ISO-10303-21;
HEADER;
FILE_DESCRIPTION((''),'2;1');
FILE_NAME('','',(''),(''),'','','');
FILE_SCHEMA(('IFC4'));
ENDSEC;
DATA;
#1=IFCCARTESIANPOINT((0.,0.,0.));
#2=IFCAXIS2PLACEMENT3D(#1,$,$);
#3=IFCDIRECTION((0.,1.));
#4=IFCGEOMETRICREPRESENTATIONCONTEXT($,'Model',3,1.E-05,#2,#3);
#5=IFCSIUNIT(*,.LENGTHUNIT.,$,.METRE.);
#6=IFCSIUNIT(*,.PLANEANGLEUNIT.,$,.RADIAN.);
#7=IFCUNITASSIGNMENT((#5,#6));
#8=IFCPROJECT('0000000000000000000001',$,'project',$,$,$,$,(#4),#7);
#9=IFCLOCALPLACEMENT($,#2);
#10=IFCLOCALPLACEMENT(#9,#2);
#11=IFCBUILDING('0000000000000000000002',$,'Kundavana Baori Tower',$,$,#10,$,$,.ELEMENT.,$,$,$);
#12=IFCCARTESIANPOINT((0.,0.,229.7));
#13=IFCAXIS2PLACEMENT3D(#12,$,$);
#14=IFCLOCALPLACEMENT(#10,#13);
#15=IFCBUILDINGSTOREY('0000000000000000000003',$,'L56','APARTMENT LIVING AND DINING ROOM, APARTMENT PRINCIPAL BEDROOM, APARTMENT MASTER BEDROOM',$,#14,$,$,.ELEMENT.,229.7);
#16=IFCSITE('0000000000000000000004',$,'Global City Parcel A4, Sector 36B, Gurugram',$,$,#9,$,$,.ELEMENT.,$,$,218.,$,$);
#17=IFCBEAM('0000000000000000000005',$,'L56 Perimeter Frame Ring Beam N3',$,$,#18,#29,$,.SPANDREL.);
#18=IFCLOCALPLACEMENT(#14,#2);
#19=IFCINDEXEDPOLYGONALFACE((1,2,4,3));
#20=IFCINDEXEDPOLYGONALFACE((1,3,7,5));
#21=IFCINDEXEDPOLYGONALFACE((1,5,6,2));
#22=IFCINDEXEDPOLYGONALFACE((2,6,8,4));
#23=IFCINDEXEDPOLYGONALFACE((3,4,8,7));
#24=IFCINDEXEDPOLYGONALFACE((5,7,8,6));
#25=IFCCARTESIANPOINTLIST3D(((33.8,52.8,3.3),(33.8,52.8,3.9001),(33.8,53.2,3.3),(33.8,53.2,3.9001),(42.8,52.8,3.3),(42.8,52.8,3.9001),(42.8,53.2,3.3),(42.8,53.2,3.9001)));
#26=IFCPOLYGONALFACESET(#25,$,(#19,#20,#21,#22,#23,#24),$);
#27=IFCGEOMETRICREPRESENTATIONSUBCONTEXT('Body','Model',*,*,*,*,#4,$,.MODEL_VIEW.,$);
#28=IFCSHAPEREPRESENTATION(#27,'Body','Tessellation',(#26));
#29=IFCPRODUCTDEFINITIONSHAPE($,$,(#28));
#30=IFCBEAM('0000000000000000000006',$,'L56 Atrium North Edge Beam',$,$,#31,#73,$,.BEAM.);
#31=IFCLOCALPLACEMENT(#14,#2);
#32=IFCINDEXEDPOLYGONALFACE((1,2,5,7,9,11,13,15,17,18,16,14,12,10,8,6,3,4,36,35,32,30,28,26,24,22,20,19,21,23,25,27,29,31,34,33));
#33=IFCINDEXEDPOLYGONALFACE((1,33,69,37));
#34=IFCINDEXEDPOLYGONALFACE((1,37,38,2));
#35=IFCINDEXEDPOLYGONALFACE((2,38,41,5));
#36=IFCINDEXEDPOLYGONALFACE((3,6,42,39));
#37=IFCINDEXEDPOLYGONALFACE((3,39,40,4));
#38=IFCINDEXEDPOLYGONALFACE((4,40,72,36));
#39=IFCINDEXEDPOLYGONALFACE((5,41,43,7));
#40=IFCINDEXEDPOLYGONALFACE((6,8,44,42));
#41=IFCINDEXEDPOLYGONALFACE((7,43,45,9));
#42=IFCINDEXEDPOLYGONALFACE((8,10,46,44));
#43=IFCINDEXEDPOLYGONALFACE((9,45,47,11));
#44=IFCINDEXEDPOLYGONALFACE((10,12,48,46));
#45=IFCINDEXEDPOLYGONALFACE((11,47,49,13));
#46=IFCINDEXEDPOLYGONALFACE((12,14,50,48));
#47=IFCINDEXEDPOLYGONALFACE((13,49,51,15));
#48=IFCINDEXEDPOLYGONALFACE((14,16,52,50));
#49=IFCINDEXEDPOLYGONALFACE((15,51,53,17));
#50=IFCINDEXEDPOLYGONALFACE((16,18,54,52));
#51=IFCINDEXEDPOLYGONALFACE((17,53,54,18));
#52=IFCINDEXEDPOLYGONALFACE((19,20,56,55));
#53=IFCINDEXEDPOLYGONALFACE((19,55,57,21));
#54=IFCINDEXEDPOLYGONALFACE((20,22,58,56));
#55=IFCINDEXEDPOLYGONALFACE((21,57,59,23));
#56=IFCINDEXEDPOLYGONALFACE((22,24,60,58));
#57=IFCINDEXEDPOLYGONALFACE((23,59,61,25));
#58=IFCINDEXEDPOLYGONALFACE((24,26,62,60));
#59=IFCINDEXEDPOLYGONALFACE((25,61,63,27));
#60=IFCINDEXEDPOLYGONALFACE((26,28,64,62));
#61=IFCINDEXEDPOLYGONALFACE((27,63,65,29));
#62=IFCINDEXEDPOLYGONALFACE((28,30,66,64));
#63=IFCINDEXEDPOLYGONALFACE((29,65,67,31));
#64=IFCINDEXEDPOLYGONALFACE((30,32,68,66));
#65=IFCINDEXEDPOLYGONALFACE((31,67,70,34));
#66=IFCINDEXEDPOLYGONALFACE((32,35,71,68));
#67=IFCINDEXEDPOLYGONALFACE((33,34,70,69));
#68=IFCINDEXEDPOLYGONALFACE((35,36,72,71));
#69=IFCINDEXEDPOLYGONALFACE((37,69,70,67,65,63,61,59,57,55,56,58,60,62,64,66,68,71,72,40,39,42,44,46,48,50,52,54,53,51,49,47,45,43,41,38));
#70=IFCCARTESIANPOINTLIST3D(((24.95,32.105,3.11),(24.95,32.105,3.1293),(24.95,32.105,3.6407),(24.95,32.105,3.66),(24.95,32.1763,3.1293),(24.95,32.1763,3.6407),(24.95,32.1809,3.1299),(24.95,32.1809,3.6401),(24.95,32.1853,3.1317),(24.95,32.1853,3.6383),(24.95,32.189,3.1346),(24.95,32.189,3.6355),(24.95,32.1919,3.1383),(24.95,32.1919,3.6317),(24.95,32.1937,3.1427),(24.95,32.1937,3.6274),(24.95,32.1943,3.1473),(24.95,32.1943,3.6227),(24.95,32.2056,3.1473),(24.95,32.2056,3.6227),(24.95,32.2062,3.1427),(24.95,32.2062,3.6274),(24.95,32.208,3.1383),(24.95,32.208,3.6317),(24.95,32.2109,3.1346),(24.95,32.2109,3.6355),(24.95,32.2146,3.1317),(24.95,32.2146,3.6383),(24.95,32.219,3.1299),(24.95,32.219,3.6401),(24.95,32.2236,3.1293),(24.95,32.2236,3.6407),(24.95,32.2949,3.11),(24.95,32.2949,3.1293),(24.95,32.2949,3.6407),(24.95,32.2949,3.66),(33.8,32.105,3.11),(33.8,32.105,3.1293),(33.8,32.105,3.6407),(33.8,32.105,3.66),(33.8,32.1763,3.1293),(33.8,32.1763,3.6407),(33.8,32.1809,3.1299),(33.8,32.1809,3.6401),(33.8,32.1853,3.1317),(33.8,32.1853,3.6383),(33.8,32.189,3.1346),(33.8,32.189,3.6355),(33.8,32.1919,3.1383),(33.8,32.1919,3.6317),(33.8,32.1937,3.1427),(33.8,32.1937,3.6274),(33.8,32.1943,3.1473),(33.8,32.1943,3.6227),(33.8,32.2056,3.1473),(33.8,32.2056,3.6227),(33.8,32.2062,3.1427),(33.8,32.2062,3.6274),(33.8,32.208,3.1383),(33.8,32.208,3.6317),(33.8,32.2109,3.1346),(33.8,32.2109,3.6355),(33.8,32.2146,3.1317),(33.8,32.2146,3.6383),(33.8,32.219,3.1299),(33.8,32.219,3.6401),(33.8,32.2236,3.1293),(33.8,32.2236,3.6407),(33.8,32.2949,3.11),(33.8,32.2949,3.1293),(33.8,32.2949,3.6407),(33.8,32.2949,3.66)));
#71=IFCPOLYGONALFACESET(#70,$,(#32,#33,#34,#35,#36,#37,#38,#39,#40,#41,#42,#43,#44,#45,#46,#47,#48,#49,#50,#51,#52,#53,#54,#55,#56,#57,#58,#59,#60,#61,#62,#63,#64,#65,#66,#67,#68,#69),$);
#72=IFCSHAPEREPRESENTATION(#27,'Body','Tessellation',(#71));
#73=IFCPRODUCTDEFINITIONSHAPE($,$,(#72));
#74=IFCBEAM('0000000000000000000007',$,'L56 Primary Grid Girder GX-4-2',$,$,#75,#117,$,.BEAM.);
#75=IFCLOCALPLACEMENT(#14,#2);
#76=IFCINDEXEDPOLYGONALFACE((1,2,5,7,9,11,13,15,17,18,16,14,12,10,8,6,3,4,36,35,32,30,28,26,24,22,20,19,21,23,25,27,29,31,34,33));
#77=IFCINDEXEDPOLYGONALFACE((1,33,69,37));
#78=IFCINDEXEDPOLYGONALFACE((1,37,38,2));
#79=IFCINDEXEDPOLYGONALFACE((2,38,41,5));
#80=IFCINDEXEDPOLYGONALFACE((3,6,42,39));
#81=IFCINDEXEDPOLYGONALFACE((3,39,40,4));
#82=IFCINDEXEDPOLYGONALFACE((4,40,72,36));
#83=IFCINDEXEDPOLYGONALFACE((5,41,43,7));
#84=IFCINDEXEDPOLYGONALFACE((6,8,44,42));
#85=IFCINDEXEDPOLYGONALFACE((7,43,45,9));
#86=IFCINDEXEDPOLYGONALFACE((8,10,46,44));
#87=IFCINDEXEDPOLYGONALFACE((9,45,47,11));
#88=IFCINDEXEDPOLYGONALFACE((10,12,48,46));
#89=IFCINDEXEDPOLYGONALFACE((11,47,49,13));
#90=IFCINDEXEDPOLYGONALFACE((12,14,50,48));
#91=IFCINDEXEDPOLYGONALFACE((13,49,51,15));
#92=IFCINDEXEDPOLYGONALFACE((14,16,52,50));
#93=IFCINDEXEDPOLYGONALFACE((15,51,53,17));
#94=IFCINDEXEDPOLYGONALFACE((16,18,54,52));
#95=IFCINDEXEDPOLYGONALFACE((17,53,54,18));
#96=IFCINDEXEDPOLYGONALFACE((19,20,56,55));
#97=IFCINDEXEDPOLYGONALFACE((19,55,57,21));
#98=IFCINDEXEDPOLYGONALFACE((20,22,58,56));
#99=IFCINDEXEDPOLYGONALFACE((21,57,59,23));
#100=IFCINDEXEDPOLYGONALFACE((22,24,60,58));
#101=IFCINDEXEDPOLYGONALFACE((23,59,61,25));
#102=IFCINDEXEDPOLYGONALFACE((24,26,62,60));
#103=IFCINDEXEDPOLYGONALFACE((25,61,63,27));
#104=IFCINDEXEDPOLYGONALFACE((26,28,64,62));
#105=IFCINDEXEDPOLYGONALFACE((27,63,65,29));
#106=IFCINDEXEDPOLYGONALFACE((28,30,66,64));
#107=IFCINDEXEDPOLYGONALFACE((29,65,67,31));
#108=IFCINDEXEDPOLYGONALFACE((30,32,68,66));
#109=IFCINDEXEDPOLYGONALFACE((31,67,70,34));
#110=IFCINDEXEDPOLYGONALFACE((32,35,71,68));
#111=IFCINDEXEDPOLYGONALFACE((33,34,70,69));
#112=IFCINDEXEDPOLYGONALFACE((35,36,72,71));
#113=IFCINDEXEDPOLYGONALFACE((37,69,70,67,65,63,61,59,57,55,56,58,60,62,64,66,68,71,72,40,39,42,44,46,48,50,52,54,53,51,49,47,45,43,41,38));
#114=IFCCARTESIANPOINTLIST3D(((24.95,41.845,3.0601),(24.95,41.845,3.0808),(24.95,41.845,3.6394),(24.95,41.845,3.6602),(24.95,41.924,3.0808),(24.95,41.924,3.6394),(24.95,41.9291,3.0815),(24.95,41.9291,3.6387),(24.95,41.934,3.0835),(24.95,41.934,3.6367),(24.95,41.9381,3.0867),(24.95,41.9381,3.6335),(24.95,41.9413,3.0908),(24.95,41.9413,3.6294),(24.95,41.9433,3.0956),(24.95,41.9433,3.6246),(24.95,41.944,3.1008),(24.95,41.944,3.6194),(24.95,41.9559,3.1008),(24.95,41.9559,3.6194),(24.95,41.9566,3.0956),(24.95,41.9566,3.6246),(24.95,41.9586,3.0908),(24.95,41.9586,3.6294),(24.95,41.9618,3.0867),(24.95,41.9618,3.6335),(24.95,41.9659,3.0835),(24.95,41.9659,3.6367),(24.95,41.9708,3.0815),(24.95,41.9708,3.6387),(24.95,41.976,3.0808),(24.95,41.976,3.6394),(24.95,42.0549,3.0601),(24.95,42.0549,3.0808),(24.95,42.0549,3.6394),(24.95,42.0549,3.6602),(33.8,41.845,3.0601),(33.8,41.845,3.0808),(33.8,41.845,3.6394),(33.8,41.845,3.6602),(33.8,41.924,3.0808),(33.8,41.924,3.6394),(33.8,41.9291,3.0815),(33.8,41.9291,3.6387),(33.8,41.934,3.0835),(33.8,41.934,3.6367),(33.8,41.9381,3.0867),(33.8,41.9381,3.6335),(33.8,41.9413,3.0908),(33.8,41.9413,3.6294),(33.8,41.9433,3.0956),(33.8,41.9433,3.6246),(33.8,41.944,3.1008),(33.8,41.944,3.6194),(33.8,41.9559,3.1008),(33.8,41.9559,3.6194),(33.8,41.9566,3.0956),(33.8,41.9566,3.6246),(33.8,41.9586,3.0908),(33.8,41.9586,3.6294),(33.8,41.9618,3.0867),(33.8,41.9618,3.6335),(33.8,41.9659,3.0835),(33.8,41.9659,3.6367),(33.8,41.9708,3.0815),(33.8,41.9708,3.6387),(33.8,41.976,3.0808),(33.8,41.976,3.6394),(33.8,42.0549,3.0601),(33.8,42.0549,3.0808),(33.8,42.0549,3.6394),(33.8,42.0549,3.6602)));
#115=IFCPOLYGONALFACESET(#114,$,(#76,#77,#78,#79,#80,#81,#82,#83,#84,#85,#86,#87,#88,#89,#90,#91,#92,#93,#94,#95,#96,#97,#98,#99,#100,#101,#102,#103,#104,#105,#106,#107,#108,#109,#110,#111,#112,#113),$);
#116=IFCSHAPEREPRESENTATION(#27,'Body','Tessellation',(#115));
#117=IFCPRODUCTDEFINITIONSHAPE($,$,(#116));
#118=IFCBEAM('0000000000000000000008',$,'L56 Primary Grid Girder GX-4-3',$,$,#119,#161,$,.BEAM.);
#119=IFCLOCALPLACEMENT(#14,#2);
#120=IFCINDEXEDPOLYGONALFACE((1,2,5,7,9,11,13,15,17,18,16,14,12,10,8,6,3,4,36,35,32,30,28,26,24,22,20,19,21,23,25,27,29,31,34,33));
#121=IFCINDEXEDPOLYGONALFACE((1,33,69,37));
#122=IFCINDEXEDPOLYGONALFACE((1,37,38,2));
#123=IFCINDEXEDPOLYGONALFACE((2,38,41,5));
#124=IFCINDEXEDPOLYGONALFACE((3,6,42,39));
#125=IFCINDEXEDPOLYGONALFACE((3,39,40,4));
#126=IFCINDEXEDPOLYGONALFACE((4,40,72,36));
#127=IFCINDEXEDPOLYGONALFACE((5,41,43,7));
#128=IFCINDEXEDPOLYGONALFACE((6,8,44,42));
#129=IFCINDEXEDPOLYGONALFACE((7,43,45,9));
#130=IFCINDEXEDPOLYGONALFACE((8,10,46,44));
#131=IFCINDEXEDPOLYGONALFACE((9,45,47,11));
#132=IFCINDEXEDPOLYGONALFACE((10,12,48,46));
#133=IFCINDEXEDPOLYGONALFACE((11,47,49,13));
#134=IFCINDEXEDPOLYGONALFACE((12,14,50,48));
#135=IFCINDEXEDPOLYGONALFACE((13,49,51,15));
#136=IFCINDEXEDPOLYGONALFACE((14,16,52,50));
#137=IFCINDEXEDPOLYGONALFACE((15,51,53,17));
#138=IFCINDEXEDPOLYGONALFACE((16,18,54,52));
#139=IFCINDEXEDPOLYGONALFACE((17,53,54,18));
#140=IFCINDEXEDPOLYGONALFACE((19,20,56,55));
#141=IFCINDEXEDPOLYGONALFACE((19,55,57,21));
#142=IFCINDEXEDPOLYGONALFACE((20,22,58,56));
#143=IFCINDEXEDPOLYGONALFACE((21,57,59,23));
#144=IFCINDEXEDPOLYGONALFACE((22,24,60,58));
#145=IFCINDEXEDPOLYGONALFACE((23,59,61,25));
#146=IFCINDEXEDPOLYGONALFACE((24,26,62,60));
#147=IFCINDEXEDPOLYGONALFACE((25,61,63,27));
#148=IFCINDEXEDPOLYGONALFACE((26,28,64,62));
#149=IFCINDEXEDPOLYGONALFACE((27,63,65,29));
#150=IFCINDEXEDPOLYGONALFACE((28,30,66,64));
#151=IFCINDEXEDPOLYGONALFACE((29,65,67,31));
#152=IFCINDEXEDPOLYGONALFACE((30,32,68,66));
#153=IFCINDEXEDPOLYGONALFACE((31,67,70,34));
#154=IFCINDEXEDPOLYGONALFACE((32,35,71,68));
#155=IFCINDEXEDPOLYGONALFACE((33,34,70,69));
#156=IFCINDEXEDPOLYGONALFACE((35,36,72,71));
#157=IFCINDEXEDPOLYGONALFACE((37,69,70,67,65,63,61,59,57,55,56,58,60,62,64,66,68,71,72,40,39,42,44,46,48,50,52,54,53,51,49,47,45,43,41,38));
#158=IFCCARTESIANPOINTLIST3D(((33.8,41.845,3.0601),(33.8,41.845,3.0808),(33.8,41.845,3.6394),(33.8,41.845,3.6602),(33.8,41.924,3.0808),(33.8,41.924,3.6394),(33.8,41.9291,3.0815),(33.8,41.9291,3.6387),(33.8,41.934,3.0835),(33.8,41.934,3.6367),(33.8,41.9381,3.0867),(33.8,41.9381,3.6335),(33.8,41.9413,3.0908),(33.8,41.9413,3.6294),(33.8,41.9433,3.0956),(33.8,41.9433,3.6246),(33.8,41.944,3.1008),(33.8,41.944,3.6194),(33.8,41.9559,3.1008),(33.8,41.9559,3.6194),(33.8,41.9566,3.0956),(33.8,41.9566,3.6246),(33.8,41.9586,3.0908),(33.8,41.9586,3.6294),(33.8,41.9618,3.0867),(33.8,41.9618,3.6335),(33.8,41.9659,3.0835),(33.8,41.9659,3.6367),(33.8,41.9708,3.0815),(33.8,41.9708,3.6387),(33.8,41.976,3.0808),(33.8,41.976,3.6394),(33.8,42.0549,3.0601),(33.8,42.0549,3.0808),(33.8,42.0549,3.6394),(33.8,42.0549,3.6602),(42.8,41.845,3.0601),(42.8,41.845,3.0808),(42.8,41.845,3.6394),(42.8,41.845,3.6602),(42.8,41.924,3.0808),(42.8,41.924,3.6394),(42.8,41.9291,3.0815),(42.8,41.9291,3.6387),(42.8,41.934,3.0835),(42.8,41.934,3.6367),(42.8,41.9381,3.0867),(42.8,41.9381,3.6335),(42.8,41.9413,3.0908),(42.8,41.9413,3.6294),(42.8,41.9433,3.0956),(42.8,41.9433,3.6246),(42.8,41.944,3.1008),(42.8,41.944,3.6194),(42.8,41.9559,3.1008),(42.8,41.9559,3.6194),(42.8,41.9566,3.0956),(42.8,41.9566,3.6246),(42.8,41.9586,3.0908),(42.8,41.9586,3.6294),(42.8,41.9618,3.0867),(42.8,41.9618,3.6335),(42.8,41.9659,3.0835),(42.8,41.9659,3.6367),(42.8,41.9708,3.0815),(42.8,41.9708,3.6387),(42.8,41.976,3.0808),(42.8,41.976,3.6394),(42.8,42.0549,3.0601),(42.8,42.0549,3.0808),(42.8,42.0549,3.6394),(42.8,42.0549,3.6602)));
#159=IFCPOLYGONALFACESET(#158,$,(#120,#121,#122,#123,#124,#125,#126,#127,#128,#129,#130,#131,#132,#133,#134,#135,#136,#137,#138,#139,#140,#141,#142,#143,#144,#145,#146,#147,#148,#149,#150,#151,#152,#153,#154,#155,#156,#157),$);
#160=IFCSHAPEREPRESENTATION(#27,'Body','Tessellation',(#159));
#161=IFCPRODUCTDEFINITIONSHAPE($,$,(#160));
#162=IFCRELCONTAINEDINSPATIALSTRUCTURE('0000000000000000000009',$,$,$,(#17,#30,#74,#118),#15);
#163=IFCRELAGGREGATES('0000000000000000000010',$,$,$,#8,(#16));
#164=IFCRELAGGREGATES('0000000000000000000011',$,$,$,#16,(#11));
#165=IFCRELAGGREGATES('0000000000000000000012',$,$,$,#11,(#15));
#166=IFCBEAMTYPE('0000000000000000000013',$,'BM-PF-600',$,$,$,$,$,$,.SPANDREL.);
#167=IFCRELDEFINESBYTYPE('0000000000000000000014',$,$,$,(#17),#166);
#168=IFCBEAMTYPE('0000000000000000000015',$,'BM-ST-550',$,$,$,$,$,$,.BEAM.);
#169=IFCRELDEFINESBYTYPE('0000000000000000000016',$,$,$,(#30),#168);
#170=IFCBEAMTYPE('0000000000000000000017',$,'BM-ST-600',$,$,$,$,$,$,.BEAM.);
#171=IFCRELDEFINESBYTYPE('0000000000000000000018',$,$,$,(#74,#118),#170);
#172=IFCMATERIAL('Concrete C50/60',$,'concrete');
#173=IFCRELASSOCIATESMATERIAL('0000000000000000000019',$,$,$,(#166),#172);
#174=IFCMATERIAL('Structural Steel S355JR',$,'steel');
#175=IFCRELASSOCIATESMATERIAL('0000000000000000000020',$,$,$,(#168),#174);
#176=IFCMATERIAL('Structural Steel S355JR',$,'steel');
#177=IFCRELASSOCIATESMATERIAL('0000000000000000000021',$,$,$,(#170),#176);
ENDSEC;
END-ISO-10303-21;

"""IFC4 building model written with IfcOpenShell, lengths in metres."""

from ifc_helpers import new_model, si_unit, direction, frame, origin, origin_2d, place, context, subcontext, project, spatial, rectangle, i_section, extrude, material, material_profile, profile_set, type_object, element, save


model = new_model("IFC4")

# Units and contexts
model_context = context("Model", 3, precision=1e-05, world=origin(), true_north=direction((0.0, 1.0)))
body_context = subcontext(model_context, "Body", "Model", "MODEL_VIEW")
ifc_project = project(units=[si_unit("LENGTHUNIT", "METRE"), si_unit("PLANEANGLEUNIT", "RADIAN")], contexts=[model_context])

# Site, building, storey
site_placement = place(None, origin())
site = spatial("IfcSite", under=ifc_project, at=site_placement, Name="Global City Parcel A4, Sector 36B, Gurugram", CompositionType="ELEMENT", RefElevation=218.0)
building_placement = place(site_placement, origin())
building = spatial("IfcBuilding", under=site, at=building_placement, Name="Kundavana Baori Tower", CompositionType="ELEMENT")
storey_placement = place(building_placement, frame((0.0, 0.0, 229.7)))
storey = spatial("IfcBuildingStorey", under=building, at=storey_placement, Name="L56", Description="APARTMENT LIVING AND DINING ROOM, APARTMENT PRINCIPAL BEDROOM, APARTMENT MASTER BEDROOM", CompositionType="ELEMENT", Elevation=229.7)

# Beams
ifc_material_1 = material(Name="Concrete C50/60", Category="concrete")
ifc_material_profile_1 = material_profile(ifc_material_1, rectangle(XDim=0.3999, YDim=0.6001, at=origin_2d()), Name="RC BM 400x600")
ifc_profile_set_1 = profile_set([ifc_material_profile_1], Name="Concrete C50/60")
beam_type_1 = type_object("IfcBeamType", Name="BM-PF-600", PredefinedType="SPANDREL", material=ifc_profile_set_1)
beam_1_placement = place(storey_placement, frame((33.8, 53.0, 3.6001), z_axis=(1.0, 0.0, 0.0), x_axis=(0.0, 1.0, 0.0)))
element("IfcBeam", 1, at=beam_1_placement, inside=storey, type_object=beam_type_1, Name="L56 Perimeter Frame Ring Beam N3", PredefinedType="SPANDREL", context=body_context, shape_type="SweptSolid", body=[
    extrude(rectangle(XDim=0.3999, YDim=0.6001, at=origin_2d()), origin(), (0.0, 0.0, 1.0), 9.0),
])
ifc_material_2 = material(Name="Structural Steel S355JR", Category="steel")
ifc_material_profile_2 = material_profile(ifc_material_2, i_section(OverallWidth=0.1899, OverallDepth=0.55, WebThickness=0.0112, FlangeThickness=0.0193, FilletRadius=0.0181, at=origin_2d()), Name="ISMB 550")
ifc_profile_set_2 = profile_set([ifc_material_profile_2], Name="Structural Steel S355JR")
beam_type_2 = type_object("IfcBeamType", Name="BM-ST-550", PredefinedType="BEAM", material=ifc_profile_set_2)
beam_2_placement = place(storey_placement, frame((24.95, 32.2, 3.385), z_axis=(1.0, 0.0, 0.0), x_axis=(0.0, 1.0, 0.0)))
element("IfcBeam", 2, at=beam_2_placement, inside=storey, type_object=beam_type_2, Name="L56 Atrium North Edge Beam", PredefinedType="BEAM", context=body_context, shape_type="SweptSolid", body=[
    extrude(i_section(OverallWidth=0.1899, OverallDepth=0.55, WebThickness=0.0112, FlangeThickness=0.0193, FilletRadius=0.0181, at=origin_2d()), origin(), (0.0, 0.0, 1.0), 8.8501),
])
ifc_material_3 = material(Name="Structural Steel S355JR", Category="steel")
ifc_material_profile_3 = material_profile(ifc_material_3, i_section(OverallWidth=0.21, OverallDepth=0.6001, WebThickness=0.012, FlangeThickness=0.0208, FilletRadius=0.02, at=origin_2d()), Name="ISMB 600")
ifc_profile_set_3 = profile_set([ifc_material_profile_3], Name="Structural Steel S355JR")
beam_type_3 = type_object("IfcBeamType", Name="BM-ST-600", PredefinedType="BEAM", material=ifc_profile_set_3)
beam_3_placement = place(storey_placement, frame((24.95, 41.95, 3.3601), z_axis=(1.0, 0.0, 0.0), x_axis=(0.0, 1.0, 0.0)))
element("IfcBeam", 3, at=beam_3_placement, inside=storey, type_object=beam_type_3, Name="L56 Primary Grid Girder GX-4-2", PredefinedType="BEAM", context=body_context, shape_type="SweptSolid", body=[
    extrude(i_section(OverallWidth=0.21, OverallDepth=0.6001, WebThickness=0.012, FlangeThickness=0.0208, FilletRadius=0.02, at=origin_2d()), origin(), (0.0, 0.0, 1.0), 8.8501),
])
beam_4_placement = place(storey_placement, frame((33.8, 41.95, 3.3601), z_axis=(1.0, 0.0, 0.0), x_axis=(0.0, 1.0, 0.0)))
element("IfcBeam", 4, at=beam_4_placement, inside=storey, type_object=beam_type_3, Name="L56 Primary Grid Girder GX-4-3", PredefinedType="BEAM", context=body_context, shape_type="SweptSolid", body=[
    extrude(i_section(OverallWidth=0.21, OverallDepth=0.6001, WebThickness=0.012, FlangeThickness=0.0208, FilletRadius=0.02, at=origin_2d()), origin(), (0.0, 0.0, 1.0), 9.0),
])

save(model, "model.ifc")
